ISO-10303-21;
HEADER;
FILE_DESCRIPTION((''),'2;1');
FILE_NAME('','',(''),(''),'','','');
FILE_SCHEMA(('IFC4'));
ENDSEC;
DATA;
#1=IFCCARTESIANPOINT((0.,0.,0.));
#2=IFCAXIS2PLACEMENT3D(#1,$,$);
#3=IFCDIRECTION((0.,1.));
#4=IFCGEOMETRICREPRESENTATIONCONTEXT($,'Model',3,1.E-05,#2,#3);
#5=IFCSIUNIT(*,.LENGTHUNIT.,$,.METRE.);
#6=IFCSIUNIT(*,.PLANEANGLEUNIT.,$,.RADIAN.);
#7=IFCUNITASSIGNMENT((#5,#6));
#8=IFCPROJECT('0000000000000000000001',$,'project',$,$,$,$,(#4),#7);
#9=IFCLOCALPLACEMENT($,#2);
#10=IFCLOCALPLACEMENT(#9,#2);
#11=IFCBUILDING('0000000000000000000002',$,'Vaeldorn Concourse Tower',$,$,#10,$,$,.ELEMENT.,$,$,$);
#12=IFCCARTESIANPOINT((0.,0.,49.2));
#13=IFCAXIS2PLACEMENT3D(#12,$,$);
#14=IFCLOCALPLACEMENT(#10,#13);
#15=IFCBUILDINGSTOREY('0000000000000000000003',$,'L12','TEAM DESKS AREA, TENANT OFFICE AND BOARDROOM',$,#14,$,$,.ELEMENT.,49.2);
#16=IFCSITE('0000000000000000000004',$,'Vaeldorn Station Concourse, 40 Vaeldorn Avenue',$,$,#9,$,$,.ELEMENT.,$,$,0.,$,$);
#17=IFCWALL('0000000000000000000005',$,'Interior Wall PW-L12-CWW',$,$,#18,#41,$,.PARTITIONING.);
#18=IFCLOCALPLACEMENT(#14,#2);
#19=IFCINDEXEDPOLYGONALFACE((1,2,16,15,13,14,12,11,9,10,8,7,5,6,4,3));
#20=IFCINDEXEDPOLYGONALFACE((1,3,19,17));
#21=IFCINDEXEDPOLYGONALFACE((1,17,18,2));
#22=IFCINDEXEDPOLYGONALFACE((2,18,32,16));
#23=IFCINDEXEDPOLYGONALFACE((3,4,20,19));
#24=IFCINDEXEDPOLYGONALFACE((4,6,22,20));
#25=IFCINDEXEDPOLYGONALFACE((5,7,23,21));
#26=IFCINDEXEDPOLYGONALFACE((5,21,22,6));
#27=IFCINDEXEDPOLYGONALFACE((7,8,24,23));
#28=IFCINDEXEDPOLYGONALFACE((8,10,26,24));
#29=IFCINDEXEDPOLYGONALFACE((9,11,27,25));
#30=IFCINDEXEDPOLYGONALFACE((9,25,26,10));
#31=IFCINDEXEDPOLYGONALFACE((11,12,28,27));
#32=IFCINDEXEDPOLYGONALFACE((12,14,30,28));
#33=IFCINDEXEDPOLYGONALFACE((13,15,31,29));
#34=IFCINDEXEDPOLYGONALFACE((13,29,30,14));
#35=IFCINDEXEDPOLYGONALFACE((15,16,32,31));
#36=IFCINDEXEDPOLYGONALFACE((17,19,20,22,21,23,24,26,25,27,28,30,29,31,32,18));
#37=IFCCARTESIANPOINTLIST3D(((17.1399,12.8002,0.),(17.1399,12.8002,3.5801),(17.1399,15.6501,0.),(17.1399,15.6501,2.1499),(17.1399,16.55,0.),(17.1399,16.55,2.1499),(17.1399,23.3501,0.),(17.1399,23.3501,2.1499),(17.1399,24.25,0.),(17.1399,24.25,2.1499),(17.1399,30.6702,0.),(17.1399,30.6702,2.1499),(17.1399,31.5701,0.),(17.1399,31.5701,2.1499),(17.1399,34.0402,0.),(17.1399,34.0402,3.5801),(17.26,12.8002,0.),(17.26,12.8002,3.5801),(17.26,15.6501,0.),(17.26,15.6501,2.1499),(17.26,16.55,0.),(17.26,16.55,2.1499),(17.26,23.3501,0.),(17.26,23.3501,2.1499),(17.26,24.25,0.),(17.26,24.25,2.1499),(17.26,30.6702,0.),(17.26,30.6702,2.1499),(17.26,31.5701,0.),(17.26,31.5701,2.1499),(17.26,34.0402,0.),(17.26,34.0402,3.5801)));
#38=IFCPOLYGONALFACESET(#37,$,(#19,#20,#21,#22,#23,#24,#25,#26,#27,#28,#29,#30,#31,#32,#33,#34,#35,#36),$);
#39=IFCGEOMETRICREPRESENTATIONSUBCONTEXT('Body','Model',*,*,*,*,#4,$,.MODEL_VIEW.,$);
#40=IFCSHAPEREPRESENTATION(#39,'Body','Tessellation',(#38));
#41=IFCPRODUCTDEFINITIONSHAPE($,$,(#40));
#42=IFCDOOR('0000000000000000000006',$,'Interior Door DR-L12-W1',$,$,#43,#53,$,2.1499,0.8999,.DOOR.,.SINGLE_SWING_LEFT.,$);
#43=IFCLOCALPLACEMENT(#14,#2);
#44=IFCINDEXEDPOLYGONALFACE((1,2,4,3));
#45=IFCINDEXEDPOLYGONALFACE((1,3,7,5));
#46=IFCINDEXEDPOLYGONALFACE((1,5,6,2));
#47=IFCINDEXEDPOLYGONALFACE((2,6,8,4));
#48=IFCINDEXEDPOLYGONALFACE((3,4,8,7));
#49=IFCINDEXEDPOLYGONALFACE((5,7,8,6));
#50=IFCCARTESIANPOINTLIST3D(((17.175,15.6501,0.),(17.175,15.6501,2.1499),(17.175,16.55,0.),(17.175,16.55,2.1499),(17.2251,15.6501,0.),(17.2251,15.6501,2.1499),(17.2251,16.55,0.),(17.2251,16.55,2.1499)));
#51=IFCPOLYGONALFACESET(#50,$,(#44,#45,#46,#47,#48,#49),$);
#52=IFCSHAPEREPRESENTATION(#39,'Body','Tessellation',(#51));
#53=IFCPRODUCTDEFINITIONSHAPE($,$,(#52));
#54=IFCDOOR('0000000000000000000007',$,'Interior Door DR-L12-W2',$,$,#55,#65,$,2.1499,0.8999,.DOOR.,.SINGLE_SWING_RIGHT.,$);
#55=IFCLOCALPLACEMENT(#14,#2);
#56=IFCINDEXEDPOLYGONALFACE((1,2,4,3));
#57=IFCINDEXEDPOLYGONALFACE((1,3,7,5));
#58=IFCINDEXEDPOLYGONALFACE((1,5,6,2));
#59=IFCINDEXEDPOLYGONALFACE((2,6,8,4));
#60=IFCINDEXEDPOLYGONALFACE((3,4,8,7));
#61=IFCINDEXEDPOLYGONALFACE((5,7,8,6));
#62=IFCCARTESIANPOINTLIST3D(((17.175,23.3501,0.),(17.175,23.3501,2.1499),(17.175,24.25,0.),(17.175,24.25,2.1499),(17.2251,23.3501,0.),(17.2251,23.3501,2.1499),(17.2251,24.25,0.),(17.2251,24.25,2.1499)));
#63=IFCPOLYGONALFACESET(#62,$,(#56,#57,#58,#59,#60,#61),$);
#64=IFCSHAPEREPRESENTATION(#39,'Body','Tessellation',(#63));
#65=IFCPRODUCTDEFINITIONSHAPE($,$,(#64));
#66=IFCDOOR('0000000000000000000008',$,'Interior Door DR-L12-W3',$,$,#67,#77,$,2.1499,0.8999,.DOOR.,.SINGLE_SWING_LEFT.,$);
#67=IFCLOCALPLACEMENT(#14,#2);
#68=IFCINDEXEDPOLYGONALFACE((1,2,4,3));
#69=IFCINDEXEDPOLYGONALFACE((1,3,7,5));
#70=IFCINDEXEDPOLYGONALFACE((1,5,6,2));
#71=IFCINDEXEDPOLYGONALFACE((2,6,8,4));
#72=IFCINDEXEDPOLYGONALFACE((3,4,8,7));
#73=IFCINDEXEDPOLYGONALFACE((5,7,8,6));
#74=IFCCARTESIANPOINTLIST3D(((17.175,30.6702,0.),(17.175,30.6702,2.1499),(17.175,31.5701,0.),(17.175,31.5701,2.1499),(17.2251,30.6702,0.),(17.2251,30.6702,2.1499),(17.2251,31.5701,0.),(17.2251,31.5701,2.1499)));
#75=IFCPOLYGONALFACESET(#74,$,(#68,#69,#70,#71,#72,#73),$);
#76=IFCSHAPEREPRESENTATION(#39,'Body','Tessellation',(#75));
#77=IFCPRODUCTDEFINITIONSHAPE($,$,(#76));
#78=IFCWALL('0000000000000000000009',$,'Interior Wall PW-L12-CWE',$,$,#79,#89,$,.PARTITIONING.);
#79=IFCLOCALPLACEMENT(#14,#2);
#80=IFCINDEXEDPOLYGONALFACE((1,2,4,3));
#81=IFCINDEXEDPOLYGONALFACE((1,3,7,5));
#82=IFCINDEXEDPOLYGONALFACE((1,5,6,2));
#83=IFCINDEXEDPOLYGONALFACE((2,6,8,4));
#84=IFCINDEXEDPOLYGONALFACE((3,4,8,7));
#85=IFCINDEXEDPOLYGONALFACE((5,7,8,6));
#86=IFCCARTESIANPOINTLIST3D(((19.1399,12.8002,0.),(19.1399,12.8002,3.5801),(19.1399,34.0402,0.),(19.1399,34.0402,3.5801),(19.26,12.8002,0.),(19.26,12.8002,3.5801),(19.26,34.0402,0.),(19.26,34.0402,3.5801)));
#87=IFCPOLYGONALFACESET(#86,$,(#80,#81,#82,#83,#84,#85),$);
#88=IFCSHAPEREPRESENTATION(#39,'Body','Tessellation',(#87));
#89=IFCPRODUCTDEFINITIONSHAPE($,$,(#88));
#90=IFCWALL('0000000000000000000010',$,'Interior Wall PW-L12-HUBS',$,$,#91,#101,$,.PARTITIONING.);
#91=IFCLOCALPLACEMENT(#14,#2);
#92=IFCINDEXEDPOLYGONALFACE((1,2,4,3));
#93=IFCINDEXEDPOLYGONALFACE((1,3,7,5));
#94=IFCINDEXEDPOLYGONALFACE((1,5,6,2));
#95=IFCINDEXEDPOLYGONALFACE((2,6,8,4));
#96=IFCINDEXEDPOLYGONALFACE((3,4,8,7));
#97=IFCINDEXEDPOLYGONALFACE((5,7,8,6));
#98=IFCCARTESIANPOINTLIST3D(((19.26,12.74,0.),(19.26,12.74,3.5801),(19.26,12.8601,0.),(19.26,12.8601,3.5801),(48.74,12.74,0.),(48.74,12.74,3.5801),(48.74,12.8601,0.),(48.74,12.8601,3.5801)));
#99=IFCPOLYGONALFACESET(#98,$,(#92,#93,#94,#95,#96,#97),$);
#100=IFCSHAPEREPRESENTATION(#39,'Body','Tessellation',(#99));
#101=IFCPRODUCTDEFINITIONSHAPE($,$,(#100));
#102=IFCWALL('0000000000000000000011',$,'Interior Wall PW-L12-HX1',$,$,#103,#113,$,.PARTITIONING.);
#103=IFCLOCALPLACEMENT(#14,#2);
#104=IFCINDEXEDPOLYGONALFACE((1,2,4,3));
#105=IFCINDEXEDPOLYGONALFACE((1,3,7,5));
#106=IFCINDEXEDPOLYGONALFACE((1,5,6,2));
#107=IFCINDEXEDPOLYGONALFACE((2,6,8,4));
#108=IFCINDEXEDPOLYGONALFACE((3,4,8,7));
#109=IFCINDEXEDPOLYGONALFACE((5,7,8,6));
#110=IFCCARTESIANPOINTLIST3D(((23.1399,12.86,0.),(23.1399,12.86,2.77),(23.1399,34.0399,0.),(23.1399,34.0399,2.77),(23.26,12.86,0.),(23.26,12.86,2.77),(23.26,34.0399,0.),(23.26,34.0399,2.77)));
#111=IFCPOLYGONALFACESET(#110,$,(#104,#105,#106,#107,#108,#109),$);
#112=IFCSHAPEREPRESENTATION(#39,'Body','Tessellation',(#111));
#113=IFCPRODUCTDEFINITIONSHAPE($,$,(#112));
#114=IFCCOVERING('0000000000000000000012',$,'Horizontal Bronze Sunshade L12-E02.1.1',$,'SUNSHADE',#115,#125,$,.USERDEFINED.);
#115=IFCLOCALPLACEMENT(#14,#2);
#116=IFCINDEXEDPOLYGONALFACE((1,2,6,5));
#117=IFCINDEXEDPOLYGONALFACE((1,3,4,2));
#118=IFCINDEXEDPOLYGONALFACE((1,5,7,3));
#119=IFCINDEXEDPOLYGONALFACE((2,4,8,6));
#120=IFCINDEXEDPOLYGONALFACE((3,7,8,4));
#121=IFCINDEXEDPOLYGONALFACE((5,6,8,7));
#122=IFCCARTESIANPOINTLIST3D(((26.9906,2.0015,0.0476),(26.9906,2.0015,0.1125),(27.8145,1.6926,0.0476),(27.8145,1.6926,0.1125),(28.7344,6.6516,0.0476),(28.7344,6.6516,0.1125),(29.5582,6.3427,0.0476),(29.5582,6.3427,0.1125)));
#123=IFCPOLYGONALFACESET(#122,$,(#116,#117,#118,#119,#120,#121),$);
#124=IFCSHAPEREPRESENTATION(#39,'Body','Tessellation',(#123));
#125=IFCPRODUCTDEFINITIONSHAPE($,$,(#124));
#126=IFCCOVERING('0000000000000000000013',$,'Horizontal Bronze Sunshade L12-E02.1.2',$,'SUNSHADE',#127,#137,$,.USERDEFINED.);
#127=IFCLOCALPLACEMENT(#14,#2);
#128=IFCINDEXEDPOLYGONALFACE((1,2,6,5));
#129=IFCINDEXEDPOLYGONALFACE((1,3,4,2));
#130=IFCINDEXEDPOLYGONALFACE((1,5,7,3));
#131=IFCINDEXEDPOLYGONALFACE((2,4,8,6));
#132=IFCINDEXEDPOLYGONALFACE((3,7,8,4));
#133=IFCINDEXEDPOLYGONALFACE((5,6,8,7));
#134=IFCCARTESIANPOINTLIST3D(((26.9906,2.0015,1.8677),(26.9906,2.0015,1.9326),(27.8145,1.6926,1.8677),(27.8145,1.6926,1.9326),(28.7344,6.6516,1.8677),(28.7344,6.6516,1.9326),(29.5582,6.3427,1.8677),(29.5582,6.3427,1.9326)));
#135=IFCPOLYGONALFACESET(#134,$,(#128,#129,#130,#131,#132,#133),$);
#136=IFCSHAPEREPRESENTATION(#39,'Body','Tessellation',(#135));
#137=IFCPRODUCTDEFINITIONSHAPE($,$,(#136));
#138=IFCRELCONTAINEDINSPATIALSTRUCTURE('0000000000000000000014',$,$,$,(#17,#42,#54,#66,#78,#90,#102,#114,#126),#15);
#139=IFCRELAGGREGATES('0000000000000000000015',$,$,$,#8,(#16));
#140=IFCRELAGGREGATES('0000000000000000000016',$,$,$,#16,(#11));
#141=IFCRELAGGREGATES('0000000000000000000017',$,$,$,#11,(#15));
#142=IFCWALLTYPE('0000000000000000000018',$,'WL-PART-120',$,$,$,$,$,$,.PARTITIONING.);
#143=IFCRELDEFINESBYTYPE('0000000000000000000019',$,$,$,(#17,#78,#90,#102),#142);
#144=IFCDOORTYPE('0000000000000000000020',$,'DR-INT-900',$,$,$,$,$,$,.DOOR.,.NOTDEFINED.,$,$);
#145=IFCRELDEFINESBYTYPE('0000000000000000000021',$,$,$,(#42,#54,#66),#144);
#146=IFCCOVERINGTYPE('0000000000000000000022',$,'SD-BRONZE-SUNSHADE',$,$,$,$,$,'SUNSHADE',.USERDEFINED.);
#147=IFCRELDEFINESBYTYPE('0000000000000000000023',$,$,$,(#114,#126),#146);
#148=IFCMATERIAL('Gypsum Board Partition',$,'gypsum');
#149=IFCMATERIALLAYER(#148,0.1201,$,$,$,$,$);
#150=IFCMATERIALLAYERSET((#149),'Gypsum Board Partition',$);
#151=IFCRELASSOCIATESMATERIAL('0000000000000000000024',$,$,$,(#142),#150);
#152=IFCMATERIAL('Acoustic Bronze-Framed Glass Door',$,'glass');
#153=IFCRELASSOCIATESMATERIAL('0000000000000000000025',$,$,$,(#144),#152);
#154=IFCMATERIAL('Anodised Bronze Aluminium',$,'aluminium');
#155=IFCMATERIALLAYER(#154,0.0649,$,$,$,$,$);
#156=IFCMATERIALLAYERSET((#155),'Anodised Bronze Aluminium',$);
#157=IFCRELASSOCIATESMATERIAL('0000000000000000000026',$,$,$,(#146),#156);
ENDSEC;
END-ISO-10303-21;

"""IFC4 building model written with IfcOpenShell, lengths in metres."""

from ifc_helpers import new_model, si_unit, direction, frame, frame_2d, origin, origin_2d, place, context, subcontext, project, spatial, rectangle, extrude, source, transform, mapped, material, layer, layer_set, type_object, element, fill, save


model = new_model("IFC4")

# Units and contexts
model_context = context("Model", 3, precision=1e-05, world=origin(), true_north=direction((0.0, 1.0)))
body_context = subcontext(model_context, "Body", "Model", "MODEL_VIEW")
ifc_project = project(units=[si_unit("LENGTHUNIT", "METRE"), si_unit("PLANEANGLEUNIT", "RADIAN")], contexts=[model_context])

# Site, building, storey
site_placement = place(None, origin())
site = spatial("IfcSite", under=ifc_project, at=site_placement, Name="Vaeldorn Station Concourse, 40 Vaeldorn Avenue", CompositionType="ELEMENT", RefElevation=0.0)
building_placement = place(site_placement, origin())
building = spatial("IfcBuilding", under=site, at=building_placement, Name="Vaeldorn Concourse Tower", CompositionType="ELEMENT")
storey_placement = place(building_placement, frame((0.0, 0.0, 49.2)))
storey = spatial("IfcBuildingStorey", under=building, at=storey_placement, Name="L12", Description="TEAM DESKS AREA, TENANT OFFICE AND BOARDROOM", CompositionType="ELEMENT", Elevation=49.2)

# Shared definitions
ifc_material_1 = material(Name="Anodised Bronze Aluminium", Category="aluminium")

# Wall, openings, doors
ifc_material_2 = material(Name="Gypsum Board Partition", Category="gypsum")
ifc_layer_1 = layer(ifc_material_2, 0.1201)
ifc_layer_set_1 = layer_set([ifc_layer_1], Name="Gypsum Board Partition")
wall_type = type_object("IfcWallType", Name="WL-PART-120", PredefinedType="PARTITIONING", material=ifc_layer_set_1)
wall_1_placement = place(storey_placement, frame((17.2, 12.8, 0.0), z_axis=(0.0, 0.0, 1.0), x_axis=(0.0, 1.0, 0.0)))
wall_1 = element("IfcWall", 1, at=wall_1_placement, inside=storey, type_object=wall_type, Name="Interior Wall PW-L12-CWW", PredefinedType="PARTITIONING", context=body_context, shape_type="SweptSolid", body=[
    extrude(rectangle(XDim=21.24, YDim=0.1201, at=frame_2d((10.6201, 0.0))), origin(), (0.0, 0.0, 1.0), 3.5801),
])
opening_1_placement = place(wall_1_placement, frame((2.8501, 0.0, 0.0)))
opening_1 = element("IfcOpeningElement", 2, at=opening_1_placement, cuts=wall_1, PredefinedType="OPENING", context=body_context, shape_type="SweptSolid", body=[
    extrude(rectangle(XDim=0.8999, YDim=2.1499, at=frame_2d((0.45, 1.075))), frame((0.0, 0.0701, 0.0), z_axis=(0.0, -1.0, 0.0), x_axis=(1.0, 0.0, 0.0)), (0.0, 0.0, 1.0), 0.1401),
])
opening_2_placement = place(wall_1_placement, frame((10.55, 0.0, 0.0)))
opening_2 = element("IfcOpeningElement", 3, at=opening_2_placement, cuts=wall_1, PredefinedType="OPENING", context=body_context, shape_type="SweptSolid", body=[
    extrude(rectangle(XDim=0.8999, YDim=2.1499, at=frame_2d((0.45, 1.075))), frame((0.0, 0.0701, 0.0), z_axis=(0.0, -1.0, 0.0), x_axis=(1.0, 0.0, 0.0)), (0.0, 0.0, 1.0), 0.1401),
])
opening_3_placement = place(wall_1_placement, frame((17.8701, 0.0, 0.0)))
opening_3 = element("IfcOpeningElement", 4, at=opening_3_placement, cuts=wall_1, PredefinedType="OPENING", context=body_context, shape_type="SweptSolid", body=[
    extrude(rectangle(XDim=0.8999, YDim=2.1499, at=frame_2d((0.45, 1.075))), frame((0.0, 0.0701, 0.0), z_axis=(0.0, -1.0, 0.0), x_axis=(1.0, 0.0, 0.0)), (0.0, 0.0, 1.0), 0.1401),
])
ifc_material_3 = material(Name="Acoustic Bronze-Framed Glass Door", Category="glass")
door_type = type_object("IfcDoorType", Name="DR-INT-900", OperationType="NOTDEFINED", PredefinedType="DOOR", material=ifc_material_3)
shared_shape_1 = source(origin(), body_context, "Body", "SweptSolid", [
    extrude(rectangle(XDim=0.8999, YDim=2.1499, at=frame_2d((0.45, 1.075))), frame((0.0, 0.0249, 0.0), z_axis=(0.0, -1.0, 0.0), x_axis=(1.0, 0.0, 0.0)), (0.0, 0.0, 1.0), 0.05),
])
door_1_placement = place(opening_1_placement, origin())
door_1 = element("IfcDoor", 5, at=door_1_placement, inside=storey, type_object=door_type, Name="Interior Door DR-L12-W1", OperationType="SINGLE_SWING_LEFT", OverallHeight=2.1499, OverallWidth=0.8999, PredefinedType="DOOR", context=body_context, shape_type="MappedRepresentation", body=[
    mapped(shared_shape_1, transform((0.0, 0.0, 0.0), scale=1.0)),
])
fill(opening_1, door_1)
door_2_placement = place(opening_2_placement, origin())
door_2 = element("IfcDoor", 6, at=door_2_placement, inside=storey, type_object=door_type, Name="Interior Door DR-L12-W2", OperationType="SINGLE_SWING_RIGHT", OverallHeight=2.1499, OverallWidth=0.8999, PredefinedType="DOOR", context=body_context, shape_type="MappedRepresentation", body=[
    mapped(shared_shape_1, transform((0.0, 0.0, 0.0), scale=1.0)),
])
fill(opening_2, door_2)
door_3_placement = place(opening_3_placement, origin())
door_3 = element("IfcDoor", 7, at=door_3_placement, inside=storey, type_object=door_type, Name="Interior Door DR-L12-W3", OperationType="SINGLE_SWING_LEFT", OverallHeight=2.1499, OverallWidth=0.8999, PredefinedType="DOOR", context=body_context, shape_type="MappedRepresentation", body=[
    mapped(shared_shape_1, transform((0.0, 0.0, 0.0), scale=1.0)),
])
fill(opening_3, door_3)

# Wall
wall_2_placement = place(storey_placement, frame((19.2, 12.8, 0.0), z_axis=(0.0, 0.0, 1.0), x_axis=(0.0, 1.0, 0.0)))
element("IfcWall", 8, at=wall_2_placement, inside=storey, type_object=wall_type, Name="Interior Wall PW-L12-CWE", PredefinedType="PARTITIONING", context=body_context, shape_type="SweptSolid", body=[
    extrude(rectangle(XDim=21.24, YDim=0.1201, at=frame_2d((10.6201, 0.0))), origin(), (0.0, 0.0, 1.0), 3.5801),
])

# Walls
wall_3_placement = place(storey_placement, frame((19.26, 12.8, 0.0), z_axis=(0.0, 0.0, 1.0), x_axis=(1.0, 0.0, 0.0)))
element("IfcWall", 9, at=wall_3_placement, inside=storey, type_object=wall_type, Name="Interior Wall PW-L12-HUBS", PredefinedType="PARTITIONING", context=body_context, shape_type="SweptSolid", body=[
    extrude(rectangle(XDim=29.48, YDim=0.1201, at=frame_2d((14.74, 0.0))), origin(), (0.0, 0.0, 1.0), 3.5801),
])
wall_4_placement = place(storey_placement, frame((23.2, 12.8601, 0.0), z_axis=(0.0, 0.0, 1.0), x_axis=(0.0, 1.0, 0.0)))
element("IfcWall", 10, at=wall_4_placement, inside=storey, type_object=wall_type, Name="Interior Wall PW-L12-HX1", PredefinedType="PARTITIONING", context=body_context, shape_type="SweptSolid", body=[
    extrude(rectangle(XDim=21.1799, YDim=0.1201, at=frame_2d((10.5898, 0.0))), origin(), (0.0, 0.0, 1.0), 2.77),
])

# Coverings
ifc_layer_2 = layer(ifc_material_1, 0.0649)
ifc_layer_set_2 = layer_set([ifc_layer_2], Name="Anodised Bronze Aluminium")
covering_type = type_object("IfcCoveringType", Name="SD-BRONZE-SUNSHADE", ElementType="SUNSHADE", PredefinedType="USERDEFINED", material=ifc_layer_set_2)
shared_shape_2 = source(origin(), body_context, "Body", "SweptSolid", [
    extrude(rectangle(XDim=4.9663, YDim=0.8799, at=origin_2d()), origin(), (0.0, 0.0, 1.0), 0.0649),
])
for number, where, z_axis, x_axis, name in (
    (11, (28.2744, 4.1721, 0.0476), (0.0, 0.0, 1.0), (0.351123, 0.936329, 0.0), "Horizontal Bronze Sunshade L12-E02.1.1"),
    (12, (28.2744, 4.1721, 1.8677), (0.0, 0.0, 1.0), (0.351123, 0.936329, 0.0), "Horizontal Bronze Sunshade L12-E02.1.2"),
):
    element("IfcCovering", number, at=place(storey_placement, frame(where, z_axis=z_axis, x_axis=x_axis)), inside=storey, type_object=covering_type, Name=name, ObjectType="SUNSHADE", PredefinedType="USERDEFINED", context=body_context, shape_type="MappedRepresentation", body=[
        mapped(shared_shape_2, transform((0.0, 0.0, 0.0), scale=1.0)),
    ])

save(model, "model.ifc")
